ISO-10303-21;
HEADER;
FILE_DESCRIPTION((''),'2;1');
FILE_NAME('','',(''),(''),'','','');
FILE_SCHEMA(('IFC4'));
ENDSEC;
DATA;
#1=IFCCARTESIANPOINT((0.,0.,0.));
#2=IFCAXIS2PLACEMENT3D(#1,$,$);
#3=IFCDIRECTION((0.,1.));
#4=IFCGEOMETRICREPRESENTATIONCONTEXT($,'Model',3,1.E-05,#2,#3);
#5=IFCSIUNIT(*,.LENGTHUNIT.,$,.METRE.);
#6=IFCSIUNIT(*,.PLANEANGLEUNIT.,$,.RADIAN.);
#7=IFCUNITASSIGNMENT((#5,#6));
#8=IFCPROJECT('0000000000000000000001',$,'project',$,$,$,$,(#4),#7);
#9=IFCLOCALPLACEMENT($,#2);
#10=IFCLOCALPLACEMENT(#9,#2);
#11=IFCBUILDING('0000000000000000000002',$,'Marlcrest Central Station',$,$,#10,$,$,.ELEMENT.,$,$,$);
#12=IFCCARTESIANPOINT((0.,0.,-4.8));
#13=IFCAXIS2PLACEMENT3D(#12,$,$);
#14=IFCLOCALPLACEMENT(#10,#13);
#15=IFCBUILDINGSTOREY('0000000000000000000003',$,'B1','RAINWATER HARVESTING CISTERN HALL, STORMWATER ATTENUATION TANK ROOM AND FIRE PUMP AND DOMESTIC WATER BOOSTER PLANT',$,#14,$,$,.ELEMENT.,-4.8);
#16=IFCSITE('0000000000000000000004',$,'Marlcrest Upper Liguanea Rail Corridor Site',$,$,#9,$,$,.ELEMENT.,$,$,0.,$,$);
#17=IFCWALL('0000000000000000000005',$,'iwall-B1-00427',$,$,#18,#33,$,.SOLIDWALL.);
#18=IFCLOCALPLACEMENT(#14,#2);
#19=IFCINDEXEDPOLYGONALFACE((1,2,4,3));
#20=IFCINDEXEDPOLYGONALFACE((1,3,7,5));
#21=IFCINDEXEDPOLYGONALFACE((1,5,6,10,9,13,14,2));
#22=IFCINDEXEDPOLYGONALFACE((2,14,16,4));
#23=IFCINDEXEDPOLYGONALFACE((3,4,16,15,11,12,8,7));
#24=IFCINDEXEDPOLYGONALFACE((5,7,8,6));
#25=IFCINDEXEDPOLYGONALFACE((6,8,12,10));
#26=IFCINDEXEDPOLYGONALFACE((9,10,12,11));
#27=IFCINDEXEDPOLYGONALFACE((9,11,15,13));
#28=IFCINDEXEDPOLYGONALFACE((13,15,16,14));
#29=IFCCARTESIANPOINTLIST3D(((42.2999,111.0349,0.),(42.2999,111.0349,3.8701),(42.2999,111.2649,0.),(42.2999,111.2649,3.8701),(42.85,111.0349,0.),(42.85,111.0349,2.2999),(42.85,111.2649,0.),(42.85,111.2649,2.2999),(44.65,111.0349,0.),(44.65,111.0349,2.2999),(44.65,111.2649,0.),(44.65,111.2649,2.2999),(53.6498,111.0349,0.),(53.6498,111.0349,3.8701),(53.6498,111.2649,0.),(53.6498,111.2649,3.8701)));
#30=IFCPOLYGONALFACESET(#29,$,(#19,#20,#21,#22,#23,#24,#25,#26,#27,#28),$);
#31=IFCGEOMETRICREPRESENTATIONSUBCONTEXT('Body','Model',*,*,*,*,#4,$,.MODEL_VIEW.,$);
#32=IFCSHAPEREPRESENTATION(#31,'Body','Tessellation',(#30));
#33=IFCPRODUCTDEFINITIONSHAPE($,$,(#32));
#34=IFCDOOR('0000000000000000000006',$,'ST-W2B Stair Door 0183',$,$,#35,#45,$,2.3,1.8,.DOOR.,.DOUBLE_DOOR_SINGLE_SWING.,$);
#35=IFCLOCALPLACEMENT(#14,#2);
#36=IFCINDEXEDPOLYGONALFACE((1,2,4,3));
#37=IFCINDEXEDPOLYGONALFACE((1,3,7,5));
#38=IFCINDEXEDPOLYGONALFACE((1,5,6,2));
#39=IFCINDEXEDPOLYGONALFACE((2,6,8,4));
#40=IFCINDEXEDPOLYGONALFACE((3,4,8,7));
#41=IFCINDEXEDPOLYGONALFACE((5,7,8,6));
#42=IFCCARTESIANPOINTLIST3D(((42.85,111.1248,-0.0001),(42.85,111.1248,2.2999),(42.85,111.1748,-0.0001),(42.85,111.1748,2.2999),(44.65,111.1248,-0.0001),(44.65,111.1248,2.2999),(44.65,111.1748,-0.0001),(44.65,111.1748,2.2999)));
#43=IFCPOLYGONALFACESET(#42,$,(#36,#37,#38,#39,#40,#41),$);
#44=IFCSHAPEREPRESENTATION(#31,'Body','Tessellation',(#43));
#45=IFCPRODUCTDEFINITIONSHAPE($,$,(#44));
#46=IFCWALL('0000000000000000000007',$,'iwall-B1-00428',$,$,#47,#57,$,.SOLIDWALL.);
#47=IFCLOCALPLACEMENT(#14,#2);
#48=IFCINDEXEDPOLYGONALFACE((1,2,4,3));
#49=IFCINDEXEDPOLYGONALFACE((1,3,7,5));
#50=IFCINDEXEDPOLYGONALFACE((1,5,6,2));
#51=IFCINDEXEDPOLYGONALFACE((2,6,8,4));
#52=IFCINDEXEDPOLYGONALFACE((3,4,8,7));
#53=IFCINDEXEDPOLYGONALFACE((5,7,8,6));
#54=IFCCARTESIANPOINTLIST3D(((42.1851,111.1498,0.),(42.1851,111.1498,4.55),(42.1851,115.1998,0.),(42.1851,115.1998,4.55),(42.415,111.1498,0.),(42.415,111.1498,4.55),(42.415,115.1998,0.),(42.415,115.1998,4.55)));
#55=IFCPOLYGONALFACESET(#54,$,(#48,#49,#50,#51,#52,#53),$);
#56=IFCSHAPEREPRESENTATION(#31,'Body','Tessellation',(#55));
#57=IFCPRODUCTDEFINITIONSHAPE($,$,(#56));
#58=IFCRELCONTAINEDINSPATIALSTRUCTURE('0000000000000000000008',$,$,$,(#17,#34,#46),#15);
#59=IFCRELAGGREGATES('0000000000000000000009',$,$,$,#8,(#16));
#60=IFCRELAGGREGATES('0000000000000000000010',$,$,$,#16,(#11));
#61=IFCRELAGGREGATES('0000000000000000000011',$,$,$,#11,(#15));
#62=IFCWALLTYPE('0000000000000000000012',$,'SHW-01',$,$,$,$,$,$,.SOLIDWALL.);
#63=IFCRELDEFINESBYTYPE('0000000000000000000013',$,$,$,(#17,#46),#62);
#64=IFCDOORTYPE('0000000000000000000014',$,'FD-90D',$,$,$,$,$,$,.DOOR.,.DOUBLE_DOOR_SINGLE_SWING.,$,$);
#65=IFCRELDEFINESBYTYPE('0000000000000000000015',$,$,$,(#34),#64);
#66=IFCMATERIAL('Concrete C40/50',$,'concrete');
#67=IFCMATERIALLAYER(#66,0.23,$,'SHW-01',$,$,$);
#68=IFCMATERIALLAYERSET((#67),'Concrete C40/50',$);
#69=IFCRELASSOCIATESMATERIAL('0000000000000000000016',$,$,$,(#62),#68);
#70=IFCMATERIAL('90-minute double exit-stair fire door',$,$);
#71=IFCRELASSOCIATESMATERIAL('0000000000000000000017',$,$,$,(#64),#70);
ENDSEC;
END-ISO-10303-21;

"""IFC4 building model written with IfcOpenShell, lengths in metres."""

from ifc_helpers import new_model, si_unit, direction, frame, frame_2d, origin, place, context, subcontext, project, spatial, rectangle, extrude, material, layer, layer_set, type_object, element, fill, save


model = new_model("IFC4")

# Units and contexts
model_context = context("Model", 3, precision=1e-05, world=origin(), true_north=direction((0.0, 1.0)))
body_context = subcontext(model_context, "Body", "Model", "MODEL_VIEW")
ifc_project = project(units=[si_unit("LENGTHUNIT", "METRE"), si_unit("PLANEANGLEUNIT", "RADIAN")], contexts=[model_context])

# Site, building, storey
site_placement = place(None, origin())
site = spatial("IfcSite", under=ifc_project, at=site_placement, Name="Marlcrest Upper Liguanea Rail Corridor Site", CompositionType="ELEMENT", RefElevation=0.0)
building_placement = place(site_placement, origin())
building = spatial("IfcBuilding", under=site, at=building_placement, Name="Marlcrest Central Station", CompositionType="ELEMENT")
storey_placement = place(building_placement, frame((0.0, 0.0, -4.8)))
storey = spatial("IfcBuildingStorey", under=building, at=storey_placement, Name="B1", Description="RAINWATER HARVESTING CISTERN HALL, STORMWATER ATTENUATION TANK ROOM AND FIRE PUMP AND DOMESTIC WATER BOOSTER PLANT", CompositionType="ELEMENT", Elevation=-4.8)

# Shared definitions
ifc_material_1 = material(Name="Concrete C40/50", Category="concrete")

# Wall, opening, door
ifc_layer_1 = layer(ifc_material_1, 0.23, Name="SHW-01")
ifc_layer_set_1 = layer_set([ifc_layer_1], Name="Concrete C40/50")
wall_type_1 = type_object("IfcWallType", Name="SHW-01", PredefinedType="SOLIDWALL", material=ifc_layer_set_1)
wall_1_placement = place(storey_placement, frame((42.3, 111.1499, 0.0), z_axis=(0.0, 0.0, 1.0), x_axis=(1.0, 0.0, 0.0)))
wall_1 = element("IfcWall", 1, at=wall_1_placement, inside=storey, type_object=wall_type_1, Name="iwall-B1-00427", PredefinedType="SOLIDWALL", context=body_context, shape_type="SweptSolid", body=[
    extrude(rectangle(XDim=11.3499, YDim=0.23, at=frame_2d((5.6748, 0.0))), origin(), (0.0, 0.0, 1.0), 3.8701),
])
opening_1_placement = place(wall_1_placement, frame((0.55, 0.0, 0.0)))
opening_1 = element("IfcOpeningElement", 2, at=opening_1_placement, cuts=wall_1, PredefinedType="OPENING", context=body_context, shape_type="SweptSolid", body=[
    extrude(rectangle(XDim=1.8, YDim=2.3, at=frame_2d((0.8999, 1.1499))), frame((0.0, 0.125, 0.0), z_axis=(0.0, -1.0, 0.0), x_axis=(1.0, 0.0, 0.0)), (0.0, 0.0, 1.0), 0.25),
])
ifc_material_2 = material(Name="90-minute double exit-stair fire door")
door_type_1 = type_object("IfcDoorType", Name="FD-90D", OperationType="DOUBLE_DOOR_SINGLE_SWING", PredefinedType="DOOR", material=ifc_material_2)
door_1_placement = place(opening_1_placement, origin())
door_1 = element("IfcDoor", 3, at=door_1_placement, inside=storey, type_object=door_type_1, Name="ST-W2B Stair Door 0183", OperationType="DOUBLE_DOOR_SINGLE_SWING", OverallHeight=2.3, OverallWidth=1.8, PredefinedType="DOOR", context=body_context, shape_type="SweptSolid", body=[
    extrude(rectangle(XDim=1.8, YDim=2.3, at=frame_2d((0.8999, 1.1499))), frame((0.0, 0.0249, 0.0), z_axis=(0.0, -1.0, 0.0), x_axis=(1.0, 0.0, 0.0)), (0.0, 0.0, 1.0), 0.05),
])
fill(opening_1, door_1)

# Wall
wall_2_placement = place(storey_placement, frame((42.3, 111.1499, 0.0), z_axis=(0.0, 0.0, 1.0), x_axis=(0.0, 1.0, 0.0)))
element("IfcWall", 4, at=wall_2_placement, inside=storey, type_object=wall_type_1, Name="iwall-B1-00428", PredefinedType="SOLIDWALL", context=body_context, shape_type="SweptSolid", body=[
    extrude(rectangle(XDim=4.05, YDim=0.23, at=frame_2d((2.0249, 0.0))), origin(), (0.0, 0.0, 1.0), 4.55),
])

save(model, "model.ifc")
